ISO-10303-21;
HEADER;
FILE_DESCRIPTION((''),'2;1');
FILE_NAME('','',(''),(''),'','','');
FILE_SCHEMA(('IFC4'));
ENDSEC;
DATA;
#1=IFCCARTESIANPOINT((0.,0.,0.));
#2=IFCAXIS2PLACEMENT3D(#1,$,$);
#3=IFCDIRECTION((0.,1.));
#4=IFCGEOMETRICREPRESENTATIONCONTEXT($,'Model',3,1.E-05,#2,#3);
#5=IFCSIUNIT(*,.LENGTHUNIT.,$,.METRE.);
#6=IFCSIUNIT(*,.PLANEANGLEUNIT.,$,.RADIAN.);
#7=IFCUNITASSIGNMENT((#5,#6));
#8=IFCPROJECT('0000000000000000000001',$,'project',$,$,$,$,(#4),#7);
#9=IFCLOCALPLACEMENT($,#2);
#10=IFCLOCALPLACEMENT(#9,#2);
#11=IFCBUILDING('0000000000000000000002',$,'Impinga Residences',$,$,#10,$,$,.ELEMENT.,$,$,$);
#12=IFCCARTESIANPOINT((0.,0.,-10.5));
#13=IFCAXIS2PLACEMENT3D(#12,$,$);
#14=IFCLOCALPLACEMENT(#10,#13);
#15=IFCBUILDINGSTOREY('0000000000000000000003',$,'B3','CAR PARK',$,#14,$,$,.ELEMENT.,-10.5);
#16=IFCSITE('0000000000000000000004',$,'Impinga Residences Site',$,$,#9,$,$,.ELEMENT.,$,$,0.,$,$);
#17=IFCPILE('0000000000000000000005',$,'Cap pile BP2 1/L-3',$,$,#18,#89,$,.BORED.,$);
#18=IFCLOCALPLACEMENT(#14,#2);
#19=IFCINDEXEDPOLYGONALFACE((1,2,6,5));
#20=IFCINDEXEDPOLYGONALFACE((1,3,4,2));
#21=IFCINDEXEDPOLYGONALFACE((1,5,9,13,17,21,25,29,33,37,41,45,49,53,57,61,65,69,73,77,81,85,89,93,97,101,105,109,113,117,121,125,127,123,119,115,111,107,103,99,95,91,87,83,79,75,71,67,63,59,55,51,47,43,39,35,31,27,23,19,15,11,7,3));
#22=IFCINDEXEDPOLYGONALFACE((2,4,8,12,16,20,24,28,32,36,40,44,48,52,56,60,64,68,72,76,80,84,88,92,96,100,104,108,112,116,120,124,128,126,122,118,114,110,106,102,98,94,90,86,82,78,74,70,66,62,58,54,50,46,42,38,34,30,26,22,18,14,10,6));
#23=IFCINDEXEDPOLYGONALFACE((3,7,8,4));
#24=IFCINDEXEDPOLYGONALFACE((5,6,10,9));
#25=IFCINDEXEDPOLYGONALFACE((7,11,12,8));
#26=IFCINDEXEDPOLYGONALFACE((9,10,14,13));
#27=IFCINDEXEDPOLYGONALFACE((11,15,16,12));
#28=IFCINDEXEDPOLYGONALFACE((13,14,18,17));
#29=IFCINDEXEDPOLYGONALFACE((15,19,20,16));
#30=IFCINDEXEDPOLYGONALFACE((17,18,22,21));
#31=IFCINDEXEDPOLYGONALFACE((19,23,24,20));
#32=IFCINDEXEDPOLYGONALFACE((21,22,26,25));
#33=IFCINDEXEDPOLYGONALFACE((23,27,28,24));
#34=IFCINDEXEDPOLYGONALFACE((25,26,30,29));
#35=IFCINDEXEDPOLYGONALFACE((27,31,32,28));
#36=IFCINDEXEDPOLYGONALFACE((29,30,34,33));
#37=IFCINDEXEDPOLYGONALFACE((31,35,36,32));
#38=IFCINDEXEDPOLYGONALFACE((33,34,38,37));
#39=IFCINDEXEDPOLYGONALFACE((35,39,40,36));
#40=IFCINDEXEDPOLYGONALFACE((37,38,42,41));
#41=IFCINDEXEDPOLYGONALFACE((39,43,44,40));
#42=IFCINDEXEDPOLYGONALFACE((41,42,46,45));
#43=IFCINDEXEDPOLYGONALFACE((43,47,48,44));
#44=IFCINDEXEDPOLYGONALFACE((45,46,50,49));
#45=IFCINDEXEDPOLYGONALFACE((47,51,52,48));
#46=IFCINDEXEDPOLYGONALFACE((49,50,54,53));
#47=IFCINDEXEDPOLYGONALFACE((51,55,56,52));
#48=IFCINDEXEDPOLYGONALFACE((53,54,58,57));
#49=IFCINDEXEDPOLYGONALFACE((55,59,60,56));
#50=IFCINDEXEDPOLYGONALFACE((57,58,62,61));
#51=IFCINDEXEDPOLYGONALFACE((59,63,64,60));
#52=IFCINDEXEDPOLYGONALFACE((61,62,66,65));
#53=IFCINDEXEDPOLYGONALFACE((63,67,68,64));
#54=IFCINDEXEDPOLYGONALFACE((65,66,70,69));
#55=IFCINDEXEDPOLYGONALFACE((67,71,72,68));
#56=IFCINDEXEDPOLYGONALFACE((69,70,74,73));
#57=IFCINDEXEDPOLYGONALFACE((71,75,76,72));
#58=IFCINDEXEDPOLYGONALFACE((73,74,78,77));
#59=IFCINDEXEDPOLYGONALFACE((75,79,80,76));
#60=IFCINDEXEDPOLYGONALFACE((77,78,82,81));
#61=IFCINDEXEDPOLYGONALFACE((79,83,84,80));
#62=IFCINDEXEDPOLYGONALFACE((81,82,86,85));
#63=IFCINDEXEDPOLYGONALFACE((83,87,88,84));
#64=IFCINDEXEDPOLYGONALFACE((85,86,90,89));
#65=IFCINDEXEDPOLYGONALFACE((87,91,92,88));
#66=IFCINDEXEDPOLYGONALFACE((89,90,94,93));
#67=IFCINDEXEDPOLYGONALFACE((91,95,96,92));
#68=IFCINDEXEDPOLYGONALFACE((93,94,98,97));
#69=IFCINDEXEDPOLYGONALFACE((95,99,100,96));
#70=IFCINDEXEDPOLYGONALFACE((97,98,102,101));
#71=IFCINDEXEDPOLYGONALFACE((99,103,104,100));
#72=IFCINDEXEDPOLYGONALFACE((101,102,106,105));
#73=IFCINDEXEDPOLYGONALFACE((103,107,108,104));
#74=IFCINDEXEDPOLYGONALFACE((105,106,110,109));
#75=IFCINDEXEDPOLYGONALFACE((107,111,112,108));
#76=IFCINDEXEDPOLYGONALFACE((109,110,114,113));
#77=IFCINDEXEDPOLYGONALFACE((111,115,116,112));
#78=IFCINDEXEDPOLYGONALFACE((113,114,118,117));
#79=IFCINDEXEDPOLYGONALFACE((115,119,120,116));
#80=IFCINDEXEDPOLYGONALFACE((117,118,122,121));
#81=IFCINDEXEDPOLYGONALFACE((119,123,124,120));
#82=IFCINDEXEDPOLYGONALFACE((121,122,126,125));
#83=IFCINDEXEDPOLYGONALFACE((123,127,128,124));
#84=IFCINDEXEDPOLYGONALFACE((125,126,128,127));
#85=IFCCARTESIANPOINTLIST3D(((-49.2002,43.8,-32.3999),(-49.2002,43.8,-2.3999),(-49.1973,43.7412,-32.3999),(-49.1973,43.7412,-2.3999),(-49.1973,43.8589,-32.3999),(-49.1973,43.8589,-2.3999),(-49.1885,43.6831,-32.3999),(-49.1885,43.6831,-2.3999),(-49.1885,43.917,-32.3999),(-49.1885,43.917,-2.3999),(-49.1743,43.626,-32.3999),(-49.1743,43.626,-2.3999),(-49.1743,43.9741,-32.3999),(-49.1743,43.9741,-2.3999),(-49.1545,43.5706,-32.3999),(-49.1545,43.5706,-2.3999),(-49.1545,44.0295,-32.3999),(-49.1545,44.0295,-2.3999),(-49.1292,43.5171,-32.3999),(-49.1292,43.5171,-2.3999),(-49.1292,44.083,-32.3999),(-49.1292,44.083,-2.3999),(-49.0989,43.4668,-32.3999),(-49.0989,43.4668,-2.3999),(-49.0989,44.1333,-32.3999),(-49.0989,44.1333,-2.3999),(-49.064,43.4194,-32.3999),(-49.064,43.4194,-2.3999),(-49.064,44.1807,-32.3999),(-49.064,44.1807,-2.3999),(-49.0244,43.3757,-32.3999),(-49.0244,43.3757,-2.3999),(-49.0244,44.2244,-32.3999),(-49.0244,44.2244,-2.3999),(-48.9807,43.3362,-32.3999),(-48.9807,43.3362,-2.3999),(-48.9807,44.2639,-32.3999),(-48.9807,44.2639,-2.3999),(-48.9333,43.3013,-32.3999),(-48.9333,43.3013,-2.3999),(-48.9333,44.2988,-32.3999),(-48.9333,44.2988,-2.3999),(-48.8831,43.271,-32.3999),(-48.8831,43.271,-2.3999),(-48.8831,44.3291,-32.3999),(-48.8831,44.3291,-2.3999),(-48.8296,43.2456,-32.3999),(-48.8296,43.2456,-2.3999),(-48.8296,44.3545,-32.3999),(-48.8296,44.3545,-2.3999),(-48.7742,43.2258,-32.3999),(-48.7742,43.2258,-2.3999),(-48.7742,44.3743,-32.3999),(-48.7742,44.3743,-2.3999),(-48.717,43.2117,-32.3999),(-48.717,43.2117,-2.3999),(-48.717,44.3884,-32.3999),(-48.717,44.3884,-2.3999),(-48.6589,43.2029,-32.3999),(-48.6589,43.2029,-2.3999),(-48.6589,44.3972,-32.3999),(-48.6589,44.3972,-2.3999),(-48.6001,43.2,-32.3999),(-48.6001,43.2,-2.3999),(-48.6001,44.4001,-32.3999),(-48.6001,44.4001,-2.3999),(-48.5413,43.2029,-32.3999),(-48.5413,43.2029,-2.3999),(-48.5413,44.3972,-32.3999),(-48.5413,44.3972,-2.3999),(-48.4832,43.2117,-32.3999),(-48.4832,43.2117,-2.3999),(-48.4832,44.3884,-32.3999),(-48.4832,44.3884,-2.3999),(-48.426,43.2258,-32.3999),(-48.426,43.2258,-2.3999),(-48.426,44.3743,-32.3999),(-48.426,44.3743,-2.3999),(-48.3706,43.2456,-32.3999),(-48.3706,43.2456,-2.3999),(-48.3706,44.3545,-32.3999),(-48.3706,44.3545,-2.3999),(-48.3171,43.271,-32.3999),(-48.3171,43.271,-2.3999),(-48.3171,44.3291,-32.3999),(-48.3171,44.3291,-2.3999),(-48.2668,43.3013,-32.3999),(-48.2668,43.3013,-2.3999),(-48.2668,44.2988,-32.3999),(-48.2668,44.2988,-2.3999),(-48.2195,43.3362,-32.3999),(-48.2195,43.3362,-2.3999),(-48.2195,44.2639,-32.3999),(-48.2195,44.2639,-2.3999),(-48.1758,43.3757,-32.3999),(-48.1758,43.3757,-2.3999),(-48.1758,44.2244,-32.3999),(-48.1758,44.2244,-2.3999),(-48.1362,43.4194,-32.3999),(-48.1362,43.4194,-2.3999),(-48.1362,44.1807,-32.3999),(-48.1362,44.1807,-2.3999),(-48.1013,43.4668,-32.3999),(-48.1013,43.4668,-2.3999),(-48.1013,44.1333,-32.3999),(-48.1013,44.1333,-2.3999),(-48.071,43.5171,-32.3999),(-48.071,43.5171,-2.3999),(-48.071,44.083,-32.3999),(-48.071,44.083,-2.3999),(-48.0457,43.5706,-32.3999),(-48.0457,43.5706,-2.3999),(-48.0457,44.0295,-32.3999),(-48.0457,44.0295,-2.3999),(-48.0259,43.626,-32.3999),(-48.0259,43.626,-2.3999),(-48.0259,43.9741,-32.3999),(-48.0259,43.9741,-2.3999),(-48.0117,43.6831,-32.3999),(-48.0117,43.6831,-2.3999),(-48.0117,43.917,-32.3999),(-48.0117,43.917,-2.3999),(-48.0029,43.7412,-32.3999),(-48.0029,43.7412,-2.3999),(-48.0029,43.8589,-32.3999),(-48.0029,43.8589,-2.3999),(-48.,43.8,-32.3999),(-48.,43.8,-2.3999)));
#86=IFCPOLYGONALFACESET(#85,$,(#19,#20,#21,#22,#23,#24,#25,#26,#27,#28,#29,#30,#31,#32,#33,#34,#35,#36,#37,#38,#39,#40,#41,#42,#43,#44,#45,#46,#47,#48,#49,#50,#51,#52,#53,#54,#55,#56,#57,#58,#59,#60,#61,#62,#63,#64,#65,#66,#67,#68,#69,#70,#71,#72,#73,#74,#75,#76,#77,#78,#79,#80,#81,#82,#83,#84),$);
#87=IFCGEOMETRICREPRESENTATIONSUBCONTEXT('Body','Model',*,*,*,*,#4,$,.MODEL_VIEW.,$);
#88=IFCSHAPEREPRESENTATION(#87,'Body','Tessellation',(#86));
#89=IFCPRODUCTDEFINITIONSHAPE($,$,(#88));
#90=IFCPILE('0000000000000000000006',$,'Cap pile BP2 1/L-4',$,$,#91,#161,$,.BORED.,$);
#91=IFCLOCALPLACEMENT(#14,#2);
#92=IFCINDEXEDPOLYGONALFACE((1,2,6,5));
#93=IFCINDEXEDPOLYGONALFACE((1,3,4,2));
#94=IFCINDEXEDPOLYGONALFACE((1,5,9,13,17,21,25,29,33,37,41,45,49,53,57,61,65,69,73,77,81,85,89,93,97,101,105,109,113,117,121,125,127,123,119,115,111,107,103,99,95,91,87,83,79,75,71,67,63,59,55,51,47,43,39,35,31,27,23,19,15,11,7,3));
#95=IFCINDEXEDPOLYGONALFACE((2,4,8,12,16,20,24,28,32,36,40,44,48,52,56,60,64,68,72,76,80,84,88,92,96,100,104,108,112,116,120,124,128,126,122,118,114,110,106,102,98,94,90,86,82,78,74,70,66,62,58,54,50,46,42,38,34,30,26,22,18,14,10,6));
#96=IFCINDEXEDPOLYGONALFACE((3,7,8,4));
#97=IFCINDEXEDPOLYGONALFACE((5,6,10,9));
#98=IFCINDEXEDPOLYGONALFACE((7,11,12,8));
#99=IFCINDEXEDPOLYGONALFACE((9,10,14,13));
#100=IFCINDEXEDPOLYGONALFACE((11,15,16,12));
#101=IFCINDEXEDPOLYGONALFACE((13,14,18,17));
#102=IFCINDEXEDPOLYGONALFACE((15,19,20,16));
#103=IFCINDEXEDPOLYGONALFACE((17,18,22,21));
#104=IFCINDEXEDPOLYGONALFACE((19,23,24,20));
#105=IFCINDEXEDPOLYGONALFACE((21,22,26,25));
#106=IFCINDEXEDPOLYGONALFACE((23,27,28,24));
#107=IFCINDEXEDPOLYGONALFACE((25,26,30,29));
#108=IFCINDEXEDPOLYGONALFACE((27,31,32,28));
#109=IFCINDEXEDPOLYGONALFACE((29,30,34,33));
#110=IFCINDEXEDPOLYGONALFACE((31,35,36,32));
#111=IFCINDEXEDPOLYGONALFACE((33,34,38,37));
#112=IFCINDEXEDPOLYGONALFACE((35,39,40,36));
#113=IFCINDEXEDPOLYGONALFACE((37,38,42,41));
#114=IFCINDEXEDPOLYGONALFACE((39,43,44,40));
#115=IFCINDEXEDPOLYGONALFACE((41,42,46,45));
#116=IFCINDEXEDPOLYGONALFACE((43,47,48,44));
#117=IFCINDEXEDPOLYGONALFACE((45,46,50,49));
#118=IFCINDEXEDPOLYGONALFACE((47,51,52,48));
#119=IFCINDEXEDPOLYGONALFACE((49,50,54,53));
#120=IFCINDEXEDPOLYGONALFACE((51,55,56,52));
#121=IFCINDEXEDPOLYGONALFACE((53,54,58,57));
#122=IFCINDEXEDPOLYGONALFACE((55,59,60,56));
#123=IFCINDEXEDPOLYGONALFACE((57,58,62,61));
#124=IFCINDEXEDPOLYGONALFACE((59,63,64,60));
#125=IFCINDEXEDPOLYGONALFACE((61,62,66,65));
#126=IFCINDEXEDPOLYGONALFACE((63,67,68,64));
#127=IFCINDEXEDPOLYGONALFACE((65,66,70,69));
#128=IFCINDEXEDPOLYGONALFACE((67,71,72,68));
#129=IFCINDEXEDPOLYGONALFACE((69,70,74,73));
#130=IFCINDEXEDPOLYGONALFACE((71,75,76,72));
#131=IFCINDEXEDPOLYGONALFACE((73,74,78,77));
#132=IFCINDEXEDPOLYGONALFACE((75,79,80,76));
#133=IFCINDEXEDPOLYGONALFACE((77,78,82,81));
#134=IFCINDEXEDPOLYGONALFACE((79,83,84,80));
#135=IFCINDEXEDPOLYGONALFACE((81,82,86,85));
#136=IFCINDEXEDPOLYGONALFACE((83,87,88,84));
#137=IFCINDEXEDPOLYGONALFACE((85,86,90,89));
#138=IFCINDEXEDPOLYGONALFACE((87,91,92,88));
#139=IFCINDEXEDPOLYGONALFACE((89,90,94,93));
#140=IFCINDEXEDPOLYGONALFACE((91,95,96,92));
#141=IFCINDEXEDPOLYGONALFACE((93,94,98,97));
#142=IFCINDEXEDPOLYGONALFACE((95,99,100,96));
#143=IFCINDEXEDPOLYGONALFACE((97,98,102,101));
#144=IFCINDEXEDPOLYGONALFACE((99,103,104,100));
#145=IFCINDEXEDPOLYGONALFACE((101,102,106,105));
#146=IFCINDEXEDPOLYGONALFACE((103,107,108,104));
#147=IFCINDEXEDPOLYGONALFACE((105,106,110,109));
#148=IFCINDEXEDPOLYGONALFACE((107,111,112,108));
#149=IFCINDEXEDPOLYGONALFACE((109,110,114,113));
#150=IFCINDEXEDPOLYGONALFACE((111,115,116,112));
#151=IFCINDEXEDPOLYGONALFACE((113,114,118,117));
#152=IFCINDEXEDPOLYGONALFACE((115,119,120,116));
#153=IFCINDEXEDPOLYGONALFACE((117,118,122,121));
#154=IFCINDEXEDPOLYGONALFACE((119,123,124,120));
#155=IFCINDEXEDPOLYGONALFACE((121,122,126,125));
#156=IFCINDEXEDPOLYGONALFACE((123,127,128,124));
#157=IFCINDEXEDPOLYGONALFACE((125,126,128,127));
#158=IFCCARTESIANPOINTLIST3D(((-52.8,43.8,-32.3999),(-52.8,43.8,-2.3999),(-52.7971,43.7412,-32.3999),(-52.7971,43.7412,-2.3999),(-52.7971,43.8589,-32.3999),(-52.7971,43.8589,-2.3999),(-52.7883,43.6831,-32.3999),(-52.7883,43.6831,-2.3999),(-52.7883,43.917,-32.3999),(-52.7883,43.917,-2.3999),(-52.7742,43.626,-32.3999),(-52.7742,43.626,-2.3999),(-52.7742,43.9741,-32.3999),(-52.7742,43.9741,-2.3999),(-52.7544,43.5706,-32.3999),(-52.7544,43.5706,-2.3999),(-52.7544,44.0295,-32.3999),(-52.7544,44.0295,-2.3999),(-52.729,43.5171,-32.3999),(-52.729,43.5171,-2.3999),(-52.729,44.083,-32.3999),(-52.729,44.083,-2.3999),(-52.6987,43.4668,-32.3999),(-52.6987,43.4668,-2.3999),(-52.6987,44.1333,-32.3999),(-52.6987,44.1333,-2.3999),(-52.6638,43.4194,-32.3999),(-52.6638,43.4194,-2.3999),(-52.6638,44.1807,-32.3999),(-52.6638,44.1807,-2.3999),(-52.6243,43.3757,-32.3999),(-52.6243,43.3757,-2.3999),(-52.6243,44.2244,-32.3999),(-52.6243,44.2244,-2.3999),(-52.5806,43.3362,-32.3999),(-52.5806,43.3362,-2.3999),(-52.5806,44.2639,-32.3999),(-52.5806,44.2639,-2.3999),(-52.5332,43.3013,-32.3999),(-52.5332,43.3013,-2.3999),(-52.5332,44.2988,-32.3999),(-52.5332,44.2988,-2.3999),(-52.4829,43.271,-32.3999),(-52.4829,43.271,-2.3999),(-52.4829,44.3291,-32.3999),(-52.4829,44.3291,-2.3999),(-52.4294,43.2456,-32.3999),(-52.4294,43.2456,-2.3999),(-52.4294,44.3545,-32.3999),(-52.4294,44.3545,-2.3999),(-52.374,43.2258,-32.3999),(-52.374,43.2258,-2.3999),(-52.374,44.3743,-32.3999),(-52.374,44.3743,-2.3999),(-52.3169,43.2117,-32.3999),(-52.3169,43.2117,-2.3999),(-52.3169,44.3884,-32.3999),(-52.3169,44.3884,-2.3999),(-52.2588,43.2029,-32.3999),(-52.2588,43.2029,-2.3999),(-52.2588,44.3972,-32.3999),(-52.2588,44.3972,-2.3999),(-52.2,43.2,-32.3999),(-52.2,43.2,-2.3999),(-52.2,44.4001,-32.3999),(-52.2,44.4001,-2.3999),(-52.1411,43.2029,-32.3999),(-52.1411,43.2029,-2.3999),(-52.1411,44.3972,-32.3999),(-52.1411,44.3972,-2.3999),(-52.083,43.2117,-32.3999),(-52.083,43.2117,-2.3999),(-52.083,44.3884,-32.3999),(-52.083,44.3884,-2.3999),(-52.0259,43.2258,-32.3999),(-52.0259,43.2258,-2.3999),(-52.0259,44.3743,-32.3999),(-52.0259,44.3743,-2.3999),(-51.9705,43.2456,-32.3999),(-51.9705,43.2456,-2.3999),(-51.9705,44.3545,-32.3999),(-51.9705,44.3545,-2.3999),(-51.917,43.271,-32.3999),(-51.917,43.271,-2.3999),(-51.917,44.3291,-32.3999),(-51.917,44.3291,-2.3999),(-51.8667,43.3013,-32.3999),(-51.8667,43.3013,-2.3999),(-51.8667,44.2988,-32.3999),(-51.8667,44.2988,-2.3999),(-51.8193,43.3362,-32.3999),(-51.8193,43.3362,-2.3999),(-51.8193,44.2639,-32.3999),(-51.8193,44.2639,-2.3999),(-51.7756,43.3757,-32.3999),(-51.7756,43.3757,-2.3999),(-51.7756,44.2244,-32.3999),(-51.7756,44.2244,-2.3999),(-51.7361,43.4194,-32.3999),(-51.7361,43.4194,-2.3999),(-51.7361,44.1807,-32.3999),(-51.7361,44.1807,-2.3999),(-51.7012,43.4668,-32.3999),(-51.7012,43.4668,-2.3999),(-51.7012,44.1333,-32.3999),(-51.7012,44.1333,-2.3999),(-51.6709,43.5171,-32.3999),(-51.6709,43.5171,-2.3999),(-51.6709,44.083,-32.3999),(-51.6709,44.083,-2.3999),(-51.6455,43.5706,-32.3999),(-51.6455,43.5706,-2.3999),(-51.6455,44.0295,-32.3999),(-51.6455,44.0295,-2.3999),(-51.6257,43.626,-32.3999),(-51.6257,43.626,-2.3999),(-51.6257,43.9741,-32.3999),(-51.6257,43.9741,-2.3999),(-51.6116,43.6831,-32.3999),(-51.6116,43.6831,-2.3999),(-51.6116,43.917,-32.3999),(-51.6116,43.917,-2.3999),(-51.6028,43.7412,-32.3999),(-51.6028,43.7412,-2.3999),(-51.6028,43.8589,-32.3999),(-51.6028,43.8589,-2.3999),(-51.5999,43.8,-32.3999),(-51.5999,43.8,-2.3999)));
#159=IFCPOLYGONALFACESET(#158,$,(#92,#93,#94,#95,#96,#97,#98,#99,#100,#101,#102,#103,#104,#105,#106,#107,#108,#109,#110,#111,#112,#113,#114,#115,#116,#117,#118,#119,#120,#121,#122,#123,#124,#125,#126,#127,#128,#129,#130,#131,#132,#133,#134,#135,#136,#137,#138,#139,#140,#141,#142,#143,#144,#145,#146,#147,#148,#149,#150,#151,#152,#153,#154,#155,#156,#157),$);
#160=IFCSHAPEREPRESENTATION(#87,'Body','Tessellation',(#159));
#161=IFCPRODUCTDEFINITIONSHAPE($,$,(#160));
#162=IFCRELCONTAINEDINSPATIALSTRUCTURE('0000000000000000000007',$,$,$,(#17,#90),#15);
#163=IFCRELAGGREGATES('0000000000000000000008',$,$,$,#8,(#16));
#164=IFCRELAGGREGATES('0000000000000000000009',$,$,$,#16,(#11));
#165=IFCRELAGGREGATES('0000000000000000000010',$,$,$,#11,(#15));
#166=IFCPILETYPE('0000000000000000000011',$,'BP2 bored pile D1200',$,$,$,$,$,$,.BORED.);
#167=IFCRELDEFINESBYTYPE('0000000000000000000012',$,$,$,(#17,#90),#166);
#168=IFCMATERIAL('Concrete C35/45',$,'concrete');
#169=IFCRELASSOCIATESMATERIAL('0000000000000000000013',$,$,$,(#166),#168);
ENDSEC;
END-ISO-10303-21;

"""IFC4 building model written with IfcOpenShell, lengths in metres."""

from ifc_helpers import new_model, si_unit, direction, frame, origin, origin_2d, place, context, subcontext, project, spatial, polyline, circle, outline, extrude, material, material_profile, profile_set, type_object, element, save


model = new_model("IFC4")

# Units and contexts
model_context = context("Model", 3, precision=1e-05, world=origin(), true_north=direction((0.0, 1.0)))
body_context = subcontext(model_context, "Body", "Model", "MODEL_VIEW")
ifc_project = project(units=[si_unit("LENGTHUNIT", "METRE"), si_unit("PLANEANGLEUNIT", "RADIAN")], contexts=[model_context])

# Site, building, storey
site_placement = place(None, origin())
site = spatial("IfcSite", under=ifc_project, at=site_placement, Name="Impinga Residences Site", CompositionType="ELEMENT", RefElevation=0.0)
building_placement = place(site_placement, origin())
building = spatial("IfcBuilding", under=site, at=building_placement, Name="Impinga Residences", CompositionType="ELEMENT")
storey_placement = place(building_placement, frame((0.0, 0.0, -10.5)))
storey = spatial("IfcBuildingStorey", under=building, at=storey_placement, Name="B3", Description="CAR PARK", CompositionType="ELEMENT", Elevation=-10.5)

# Piles
ifc_material_1 = material(Name="Concrete C35/45", Category="concrete")
ifc_material_profile_1 = material_profile(ifc_material_1, circle(Radius=0.6001, at=origin_2d()), Name="D1200")
ifc_profile_set_1 = profile_set([ifc_material_profile_1], Name="Concrete C35/45")
pile_type = type_object("IfcPileType", Name="BP2 bored pile D1200", PredefinedType="BORED", material=ifc_profile_set_1)
pile_1_placement = place(storey_placement, frame((-48.6001, 43.8, -2.3999), z_axis=(0.0, 0.0, -1.0), x_axis=(1.0, 0.0, 0.0)))
element("IfcPile", 1, at=pile_1_placement, inside=storey, type_object=pile_type, Name="Cap pile BP2 1/L-3", PredefinedType="BORED", context=body_context, shape_type="SweptSolid", body=[
    extrude(outline(polyline([(0.6001, 0.0), (0.5972, 0.0588), (0.5884, 0.1169), (0.5742, 0.1741), (0.5544, 0.2295), (0.5291, 0.283), (0.4988, 0.3333), (0.4639, 0.3806), (0.4243, 0.4243), (0.3806, 0.4639), (0.3333, 0.4988), (0.283, 0.5291), (0.2295, 0.5544), (0.1741, 0.5742), (0.1169, 0.5884), (0.0588, 0.5972), (0.0, 0.6001), (-0.0588, 0.5972), (-0.1169, 0.5884), (-0.1741, 0.5742), (-0.2295, 0.5544), (-0.283, 0.5291), (-0.3333, 0.4988), (-0.3806, 0.4639), (-0.4243, 0.4243), (-0.4639, 0.3806), (-0.4988, 0.3333), (-0.5291, 0.283), (-0.5544, 0.2295), (-0.5742, 0.1741), (-0.5884, 0.1169), (-0.5972, 0.0588), (-0.6001, 0.0), (-0.5972, -0.0588), (-0.5884, -0.1169), (-0.5742, -0.1741), (-0.5544, -0.2295), (-0.5291, -0.283), (-0.4988, -0.3333), (-0.4639, -0.3806), (-0.4243, -0.4243), (-0.3806, -0.4639), (-0.3333, -0.4988), (-0.283, -0.5291), (-0.2295, -0.5544), (-0.1741, -0.5742), (-0.1169, -0.5884), (-0.0588, -0.5972), (0.0, -0.6001), (0.0588, -0.5972), (0.1169, -0.5884), (0.1741, -0.5742), (0.2295, -0.5544), (0.283, -0.5291), (0.3333, -0.4988), (0.3806, -0.4639), (0.4243, -0.4243), (0.4639, -0.3806), (0.4988, -0.3333), (0.5291, -0.283), (0.5544, -0.2295), (0.5742, -0.1741), (0.5884, -0.1169), (0.5972, -0.0588), (0.6001, 0.0)])), origin(), (0.0, 0.0, 1.0), 30.0),
])
pile_2_placement = place(storey_placement, frame((-52.2, 43.8, -2.3999), z_axis=(0.0, 0.0, -1.0), x_axis=(1.0, 0.0, 0.0)))
element("IfcPile", 2, at=pile_2_placement, inside=storey, type_object=pile_type, Name="Cap pile BP2 1/L-4", PredefinedType="BORED", context=body_context, shape_type="SweptSolid", body=[
    extrude(outline(polyline([(0.6001, 0.0), (0.5972, 0.0588), (0.5884, 0.1169), (0.5742, 0.1741), (0.5544, 0.2295), (0.5291, 0.283), (0.4988, 0.3333), (0.4639, 0.3806), (0.4243, 0.4243), (0.3806, 0.4639), (0.3333, 0.4988), (0.283, 0.5291), (0.2295, 0.5544), (0.1741, 0.5742), (0.1169, 0.5884), (0.0588, 0.5972), (0.0, 0.6001), (-0.0588, 0.5972), (-0.1169, 0.5884), (-0.1741, 0.5742), (-0.2295, 0.5544), (-0.283, 0.5291), (-0.3333, 0.4988), (-0.3806, 0.4639), (-0.4243, 0.4243), (-0.4639, 0.3806), (-0.4988, 0.3333), (-0.5291, 0.283), (-0.5544, 0.2295), (-0.5742, 0.1741), (-0.5884, 0.1169), (-0.5972, 0.0588), (-0.6001, 0.0), (-0.5972, -0.0588), (-0.5884, -0.1169), (-0.5742, -0.1741), (-0.5544, -0.2295), (-0.5291, -0.283), (-0.4988, -0.3333), (-0.4639, -0.3806), (-0.4243, -0.4243), (-0.3806, -0.4639), (-0.3333, -0.4988), (-0.283, -0.5291), (-0.2295, -0.5544), (-0.1741, -0.5742), (-0.1169, -0.5884), (-0.0588, -0.5972), (0.0, -0.6001), (0.0588, -0.5972), (0.1169, -0.5884), (0.1741, -0.5742), (0.2295, -0.5544), (0.283, -0.5291), (0.3333, -0.4988), (0.3806, -0.4639), (0.4243, -0.4243), (0.4639, -0.3806), (0.4988, -0.3333), (0.5291, -0.283), (0.5544, -0.2295), (0.5742, -0.1741), (0.5884, -0.1169), (0.5972, -0.0588), (0.6001, 0.0)])), origin(), (0.0, 0.0, 1.0), 30.0),
])

save(model, "model.ifc")
